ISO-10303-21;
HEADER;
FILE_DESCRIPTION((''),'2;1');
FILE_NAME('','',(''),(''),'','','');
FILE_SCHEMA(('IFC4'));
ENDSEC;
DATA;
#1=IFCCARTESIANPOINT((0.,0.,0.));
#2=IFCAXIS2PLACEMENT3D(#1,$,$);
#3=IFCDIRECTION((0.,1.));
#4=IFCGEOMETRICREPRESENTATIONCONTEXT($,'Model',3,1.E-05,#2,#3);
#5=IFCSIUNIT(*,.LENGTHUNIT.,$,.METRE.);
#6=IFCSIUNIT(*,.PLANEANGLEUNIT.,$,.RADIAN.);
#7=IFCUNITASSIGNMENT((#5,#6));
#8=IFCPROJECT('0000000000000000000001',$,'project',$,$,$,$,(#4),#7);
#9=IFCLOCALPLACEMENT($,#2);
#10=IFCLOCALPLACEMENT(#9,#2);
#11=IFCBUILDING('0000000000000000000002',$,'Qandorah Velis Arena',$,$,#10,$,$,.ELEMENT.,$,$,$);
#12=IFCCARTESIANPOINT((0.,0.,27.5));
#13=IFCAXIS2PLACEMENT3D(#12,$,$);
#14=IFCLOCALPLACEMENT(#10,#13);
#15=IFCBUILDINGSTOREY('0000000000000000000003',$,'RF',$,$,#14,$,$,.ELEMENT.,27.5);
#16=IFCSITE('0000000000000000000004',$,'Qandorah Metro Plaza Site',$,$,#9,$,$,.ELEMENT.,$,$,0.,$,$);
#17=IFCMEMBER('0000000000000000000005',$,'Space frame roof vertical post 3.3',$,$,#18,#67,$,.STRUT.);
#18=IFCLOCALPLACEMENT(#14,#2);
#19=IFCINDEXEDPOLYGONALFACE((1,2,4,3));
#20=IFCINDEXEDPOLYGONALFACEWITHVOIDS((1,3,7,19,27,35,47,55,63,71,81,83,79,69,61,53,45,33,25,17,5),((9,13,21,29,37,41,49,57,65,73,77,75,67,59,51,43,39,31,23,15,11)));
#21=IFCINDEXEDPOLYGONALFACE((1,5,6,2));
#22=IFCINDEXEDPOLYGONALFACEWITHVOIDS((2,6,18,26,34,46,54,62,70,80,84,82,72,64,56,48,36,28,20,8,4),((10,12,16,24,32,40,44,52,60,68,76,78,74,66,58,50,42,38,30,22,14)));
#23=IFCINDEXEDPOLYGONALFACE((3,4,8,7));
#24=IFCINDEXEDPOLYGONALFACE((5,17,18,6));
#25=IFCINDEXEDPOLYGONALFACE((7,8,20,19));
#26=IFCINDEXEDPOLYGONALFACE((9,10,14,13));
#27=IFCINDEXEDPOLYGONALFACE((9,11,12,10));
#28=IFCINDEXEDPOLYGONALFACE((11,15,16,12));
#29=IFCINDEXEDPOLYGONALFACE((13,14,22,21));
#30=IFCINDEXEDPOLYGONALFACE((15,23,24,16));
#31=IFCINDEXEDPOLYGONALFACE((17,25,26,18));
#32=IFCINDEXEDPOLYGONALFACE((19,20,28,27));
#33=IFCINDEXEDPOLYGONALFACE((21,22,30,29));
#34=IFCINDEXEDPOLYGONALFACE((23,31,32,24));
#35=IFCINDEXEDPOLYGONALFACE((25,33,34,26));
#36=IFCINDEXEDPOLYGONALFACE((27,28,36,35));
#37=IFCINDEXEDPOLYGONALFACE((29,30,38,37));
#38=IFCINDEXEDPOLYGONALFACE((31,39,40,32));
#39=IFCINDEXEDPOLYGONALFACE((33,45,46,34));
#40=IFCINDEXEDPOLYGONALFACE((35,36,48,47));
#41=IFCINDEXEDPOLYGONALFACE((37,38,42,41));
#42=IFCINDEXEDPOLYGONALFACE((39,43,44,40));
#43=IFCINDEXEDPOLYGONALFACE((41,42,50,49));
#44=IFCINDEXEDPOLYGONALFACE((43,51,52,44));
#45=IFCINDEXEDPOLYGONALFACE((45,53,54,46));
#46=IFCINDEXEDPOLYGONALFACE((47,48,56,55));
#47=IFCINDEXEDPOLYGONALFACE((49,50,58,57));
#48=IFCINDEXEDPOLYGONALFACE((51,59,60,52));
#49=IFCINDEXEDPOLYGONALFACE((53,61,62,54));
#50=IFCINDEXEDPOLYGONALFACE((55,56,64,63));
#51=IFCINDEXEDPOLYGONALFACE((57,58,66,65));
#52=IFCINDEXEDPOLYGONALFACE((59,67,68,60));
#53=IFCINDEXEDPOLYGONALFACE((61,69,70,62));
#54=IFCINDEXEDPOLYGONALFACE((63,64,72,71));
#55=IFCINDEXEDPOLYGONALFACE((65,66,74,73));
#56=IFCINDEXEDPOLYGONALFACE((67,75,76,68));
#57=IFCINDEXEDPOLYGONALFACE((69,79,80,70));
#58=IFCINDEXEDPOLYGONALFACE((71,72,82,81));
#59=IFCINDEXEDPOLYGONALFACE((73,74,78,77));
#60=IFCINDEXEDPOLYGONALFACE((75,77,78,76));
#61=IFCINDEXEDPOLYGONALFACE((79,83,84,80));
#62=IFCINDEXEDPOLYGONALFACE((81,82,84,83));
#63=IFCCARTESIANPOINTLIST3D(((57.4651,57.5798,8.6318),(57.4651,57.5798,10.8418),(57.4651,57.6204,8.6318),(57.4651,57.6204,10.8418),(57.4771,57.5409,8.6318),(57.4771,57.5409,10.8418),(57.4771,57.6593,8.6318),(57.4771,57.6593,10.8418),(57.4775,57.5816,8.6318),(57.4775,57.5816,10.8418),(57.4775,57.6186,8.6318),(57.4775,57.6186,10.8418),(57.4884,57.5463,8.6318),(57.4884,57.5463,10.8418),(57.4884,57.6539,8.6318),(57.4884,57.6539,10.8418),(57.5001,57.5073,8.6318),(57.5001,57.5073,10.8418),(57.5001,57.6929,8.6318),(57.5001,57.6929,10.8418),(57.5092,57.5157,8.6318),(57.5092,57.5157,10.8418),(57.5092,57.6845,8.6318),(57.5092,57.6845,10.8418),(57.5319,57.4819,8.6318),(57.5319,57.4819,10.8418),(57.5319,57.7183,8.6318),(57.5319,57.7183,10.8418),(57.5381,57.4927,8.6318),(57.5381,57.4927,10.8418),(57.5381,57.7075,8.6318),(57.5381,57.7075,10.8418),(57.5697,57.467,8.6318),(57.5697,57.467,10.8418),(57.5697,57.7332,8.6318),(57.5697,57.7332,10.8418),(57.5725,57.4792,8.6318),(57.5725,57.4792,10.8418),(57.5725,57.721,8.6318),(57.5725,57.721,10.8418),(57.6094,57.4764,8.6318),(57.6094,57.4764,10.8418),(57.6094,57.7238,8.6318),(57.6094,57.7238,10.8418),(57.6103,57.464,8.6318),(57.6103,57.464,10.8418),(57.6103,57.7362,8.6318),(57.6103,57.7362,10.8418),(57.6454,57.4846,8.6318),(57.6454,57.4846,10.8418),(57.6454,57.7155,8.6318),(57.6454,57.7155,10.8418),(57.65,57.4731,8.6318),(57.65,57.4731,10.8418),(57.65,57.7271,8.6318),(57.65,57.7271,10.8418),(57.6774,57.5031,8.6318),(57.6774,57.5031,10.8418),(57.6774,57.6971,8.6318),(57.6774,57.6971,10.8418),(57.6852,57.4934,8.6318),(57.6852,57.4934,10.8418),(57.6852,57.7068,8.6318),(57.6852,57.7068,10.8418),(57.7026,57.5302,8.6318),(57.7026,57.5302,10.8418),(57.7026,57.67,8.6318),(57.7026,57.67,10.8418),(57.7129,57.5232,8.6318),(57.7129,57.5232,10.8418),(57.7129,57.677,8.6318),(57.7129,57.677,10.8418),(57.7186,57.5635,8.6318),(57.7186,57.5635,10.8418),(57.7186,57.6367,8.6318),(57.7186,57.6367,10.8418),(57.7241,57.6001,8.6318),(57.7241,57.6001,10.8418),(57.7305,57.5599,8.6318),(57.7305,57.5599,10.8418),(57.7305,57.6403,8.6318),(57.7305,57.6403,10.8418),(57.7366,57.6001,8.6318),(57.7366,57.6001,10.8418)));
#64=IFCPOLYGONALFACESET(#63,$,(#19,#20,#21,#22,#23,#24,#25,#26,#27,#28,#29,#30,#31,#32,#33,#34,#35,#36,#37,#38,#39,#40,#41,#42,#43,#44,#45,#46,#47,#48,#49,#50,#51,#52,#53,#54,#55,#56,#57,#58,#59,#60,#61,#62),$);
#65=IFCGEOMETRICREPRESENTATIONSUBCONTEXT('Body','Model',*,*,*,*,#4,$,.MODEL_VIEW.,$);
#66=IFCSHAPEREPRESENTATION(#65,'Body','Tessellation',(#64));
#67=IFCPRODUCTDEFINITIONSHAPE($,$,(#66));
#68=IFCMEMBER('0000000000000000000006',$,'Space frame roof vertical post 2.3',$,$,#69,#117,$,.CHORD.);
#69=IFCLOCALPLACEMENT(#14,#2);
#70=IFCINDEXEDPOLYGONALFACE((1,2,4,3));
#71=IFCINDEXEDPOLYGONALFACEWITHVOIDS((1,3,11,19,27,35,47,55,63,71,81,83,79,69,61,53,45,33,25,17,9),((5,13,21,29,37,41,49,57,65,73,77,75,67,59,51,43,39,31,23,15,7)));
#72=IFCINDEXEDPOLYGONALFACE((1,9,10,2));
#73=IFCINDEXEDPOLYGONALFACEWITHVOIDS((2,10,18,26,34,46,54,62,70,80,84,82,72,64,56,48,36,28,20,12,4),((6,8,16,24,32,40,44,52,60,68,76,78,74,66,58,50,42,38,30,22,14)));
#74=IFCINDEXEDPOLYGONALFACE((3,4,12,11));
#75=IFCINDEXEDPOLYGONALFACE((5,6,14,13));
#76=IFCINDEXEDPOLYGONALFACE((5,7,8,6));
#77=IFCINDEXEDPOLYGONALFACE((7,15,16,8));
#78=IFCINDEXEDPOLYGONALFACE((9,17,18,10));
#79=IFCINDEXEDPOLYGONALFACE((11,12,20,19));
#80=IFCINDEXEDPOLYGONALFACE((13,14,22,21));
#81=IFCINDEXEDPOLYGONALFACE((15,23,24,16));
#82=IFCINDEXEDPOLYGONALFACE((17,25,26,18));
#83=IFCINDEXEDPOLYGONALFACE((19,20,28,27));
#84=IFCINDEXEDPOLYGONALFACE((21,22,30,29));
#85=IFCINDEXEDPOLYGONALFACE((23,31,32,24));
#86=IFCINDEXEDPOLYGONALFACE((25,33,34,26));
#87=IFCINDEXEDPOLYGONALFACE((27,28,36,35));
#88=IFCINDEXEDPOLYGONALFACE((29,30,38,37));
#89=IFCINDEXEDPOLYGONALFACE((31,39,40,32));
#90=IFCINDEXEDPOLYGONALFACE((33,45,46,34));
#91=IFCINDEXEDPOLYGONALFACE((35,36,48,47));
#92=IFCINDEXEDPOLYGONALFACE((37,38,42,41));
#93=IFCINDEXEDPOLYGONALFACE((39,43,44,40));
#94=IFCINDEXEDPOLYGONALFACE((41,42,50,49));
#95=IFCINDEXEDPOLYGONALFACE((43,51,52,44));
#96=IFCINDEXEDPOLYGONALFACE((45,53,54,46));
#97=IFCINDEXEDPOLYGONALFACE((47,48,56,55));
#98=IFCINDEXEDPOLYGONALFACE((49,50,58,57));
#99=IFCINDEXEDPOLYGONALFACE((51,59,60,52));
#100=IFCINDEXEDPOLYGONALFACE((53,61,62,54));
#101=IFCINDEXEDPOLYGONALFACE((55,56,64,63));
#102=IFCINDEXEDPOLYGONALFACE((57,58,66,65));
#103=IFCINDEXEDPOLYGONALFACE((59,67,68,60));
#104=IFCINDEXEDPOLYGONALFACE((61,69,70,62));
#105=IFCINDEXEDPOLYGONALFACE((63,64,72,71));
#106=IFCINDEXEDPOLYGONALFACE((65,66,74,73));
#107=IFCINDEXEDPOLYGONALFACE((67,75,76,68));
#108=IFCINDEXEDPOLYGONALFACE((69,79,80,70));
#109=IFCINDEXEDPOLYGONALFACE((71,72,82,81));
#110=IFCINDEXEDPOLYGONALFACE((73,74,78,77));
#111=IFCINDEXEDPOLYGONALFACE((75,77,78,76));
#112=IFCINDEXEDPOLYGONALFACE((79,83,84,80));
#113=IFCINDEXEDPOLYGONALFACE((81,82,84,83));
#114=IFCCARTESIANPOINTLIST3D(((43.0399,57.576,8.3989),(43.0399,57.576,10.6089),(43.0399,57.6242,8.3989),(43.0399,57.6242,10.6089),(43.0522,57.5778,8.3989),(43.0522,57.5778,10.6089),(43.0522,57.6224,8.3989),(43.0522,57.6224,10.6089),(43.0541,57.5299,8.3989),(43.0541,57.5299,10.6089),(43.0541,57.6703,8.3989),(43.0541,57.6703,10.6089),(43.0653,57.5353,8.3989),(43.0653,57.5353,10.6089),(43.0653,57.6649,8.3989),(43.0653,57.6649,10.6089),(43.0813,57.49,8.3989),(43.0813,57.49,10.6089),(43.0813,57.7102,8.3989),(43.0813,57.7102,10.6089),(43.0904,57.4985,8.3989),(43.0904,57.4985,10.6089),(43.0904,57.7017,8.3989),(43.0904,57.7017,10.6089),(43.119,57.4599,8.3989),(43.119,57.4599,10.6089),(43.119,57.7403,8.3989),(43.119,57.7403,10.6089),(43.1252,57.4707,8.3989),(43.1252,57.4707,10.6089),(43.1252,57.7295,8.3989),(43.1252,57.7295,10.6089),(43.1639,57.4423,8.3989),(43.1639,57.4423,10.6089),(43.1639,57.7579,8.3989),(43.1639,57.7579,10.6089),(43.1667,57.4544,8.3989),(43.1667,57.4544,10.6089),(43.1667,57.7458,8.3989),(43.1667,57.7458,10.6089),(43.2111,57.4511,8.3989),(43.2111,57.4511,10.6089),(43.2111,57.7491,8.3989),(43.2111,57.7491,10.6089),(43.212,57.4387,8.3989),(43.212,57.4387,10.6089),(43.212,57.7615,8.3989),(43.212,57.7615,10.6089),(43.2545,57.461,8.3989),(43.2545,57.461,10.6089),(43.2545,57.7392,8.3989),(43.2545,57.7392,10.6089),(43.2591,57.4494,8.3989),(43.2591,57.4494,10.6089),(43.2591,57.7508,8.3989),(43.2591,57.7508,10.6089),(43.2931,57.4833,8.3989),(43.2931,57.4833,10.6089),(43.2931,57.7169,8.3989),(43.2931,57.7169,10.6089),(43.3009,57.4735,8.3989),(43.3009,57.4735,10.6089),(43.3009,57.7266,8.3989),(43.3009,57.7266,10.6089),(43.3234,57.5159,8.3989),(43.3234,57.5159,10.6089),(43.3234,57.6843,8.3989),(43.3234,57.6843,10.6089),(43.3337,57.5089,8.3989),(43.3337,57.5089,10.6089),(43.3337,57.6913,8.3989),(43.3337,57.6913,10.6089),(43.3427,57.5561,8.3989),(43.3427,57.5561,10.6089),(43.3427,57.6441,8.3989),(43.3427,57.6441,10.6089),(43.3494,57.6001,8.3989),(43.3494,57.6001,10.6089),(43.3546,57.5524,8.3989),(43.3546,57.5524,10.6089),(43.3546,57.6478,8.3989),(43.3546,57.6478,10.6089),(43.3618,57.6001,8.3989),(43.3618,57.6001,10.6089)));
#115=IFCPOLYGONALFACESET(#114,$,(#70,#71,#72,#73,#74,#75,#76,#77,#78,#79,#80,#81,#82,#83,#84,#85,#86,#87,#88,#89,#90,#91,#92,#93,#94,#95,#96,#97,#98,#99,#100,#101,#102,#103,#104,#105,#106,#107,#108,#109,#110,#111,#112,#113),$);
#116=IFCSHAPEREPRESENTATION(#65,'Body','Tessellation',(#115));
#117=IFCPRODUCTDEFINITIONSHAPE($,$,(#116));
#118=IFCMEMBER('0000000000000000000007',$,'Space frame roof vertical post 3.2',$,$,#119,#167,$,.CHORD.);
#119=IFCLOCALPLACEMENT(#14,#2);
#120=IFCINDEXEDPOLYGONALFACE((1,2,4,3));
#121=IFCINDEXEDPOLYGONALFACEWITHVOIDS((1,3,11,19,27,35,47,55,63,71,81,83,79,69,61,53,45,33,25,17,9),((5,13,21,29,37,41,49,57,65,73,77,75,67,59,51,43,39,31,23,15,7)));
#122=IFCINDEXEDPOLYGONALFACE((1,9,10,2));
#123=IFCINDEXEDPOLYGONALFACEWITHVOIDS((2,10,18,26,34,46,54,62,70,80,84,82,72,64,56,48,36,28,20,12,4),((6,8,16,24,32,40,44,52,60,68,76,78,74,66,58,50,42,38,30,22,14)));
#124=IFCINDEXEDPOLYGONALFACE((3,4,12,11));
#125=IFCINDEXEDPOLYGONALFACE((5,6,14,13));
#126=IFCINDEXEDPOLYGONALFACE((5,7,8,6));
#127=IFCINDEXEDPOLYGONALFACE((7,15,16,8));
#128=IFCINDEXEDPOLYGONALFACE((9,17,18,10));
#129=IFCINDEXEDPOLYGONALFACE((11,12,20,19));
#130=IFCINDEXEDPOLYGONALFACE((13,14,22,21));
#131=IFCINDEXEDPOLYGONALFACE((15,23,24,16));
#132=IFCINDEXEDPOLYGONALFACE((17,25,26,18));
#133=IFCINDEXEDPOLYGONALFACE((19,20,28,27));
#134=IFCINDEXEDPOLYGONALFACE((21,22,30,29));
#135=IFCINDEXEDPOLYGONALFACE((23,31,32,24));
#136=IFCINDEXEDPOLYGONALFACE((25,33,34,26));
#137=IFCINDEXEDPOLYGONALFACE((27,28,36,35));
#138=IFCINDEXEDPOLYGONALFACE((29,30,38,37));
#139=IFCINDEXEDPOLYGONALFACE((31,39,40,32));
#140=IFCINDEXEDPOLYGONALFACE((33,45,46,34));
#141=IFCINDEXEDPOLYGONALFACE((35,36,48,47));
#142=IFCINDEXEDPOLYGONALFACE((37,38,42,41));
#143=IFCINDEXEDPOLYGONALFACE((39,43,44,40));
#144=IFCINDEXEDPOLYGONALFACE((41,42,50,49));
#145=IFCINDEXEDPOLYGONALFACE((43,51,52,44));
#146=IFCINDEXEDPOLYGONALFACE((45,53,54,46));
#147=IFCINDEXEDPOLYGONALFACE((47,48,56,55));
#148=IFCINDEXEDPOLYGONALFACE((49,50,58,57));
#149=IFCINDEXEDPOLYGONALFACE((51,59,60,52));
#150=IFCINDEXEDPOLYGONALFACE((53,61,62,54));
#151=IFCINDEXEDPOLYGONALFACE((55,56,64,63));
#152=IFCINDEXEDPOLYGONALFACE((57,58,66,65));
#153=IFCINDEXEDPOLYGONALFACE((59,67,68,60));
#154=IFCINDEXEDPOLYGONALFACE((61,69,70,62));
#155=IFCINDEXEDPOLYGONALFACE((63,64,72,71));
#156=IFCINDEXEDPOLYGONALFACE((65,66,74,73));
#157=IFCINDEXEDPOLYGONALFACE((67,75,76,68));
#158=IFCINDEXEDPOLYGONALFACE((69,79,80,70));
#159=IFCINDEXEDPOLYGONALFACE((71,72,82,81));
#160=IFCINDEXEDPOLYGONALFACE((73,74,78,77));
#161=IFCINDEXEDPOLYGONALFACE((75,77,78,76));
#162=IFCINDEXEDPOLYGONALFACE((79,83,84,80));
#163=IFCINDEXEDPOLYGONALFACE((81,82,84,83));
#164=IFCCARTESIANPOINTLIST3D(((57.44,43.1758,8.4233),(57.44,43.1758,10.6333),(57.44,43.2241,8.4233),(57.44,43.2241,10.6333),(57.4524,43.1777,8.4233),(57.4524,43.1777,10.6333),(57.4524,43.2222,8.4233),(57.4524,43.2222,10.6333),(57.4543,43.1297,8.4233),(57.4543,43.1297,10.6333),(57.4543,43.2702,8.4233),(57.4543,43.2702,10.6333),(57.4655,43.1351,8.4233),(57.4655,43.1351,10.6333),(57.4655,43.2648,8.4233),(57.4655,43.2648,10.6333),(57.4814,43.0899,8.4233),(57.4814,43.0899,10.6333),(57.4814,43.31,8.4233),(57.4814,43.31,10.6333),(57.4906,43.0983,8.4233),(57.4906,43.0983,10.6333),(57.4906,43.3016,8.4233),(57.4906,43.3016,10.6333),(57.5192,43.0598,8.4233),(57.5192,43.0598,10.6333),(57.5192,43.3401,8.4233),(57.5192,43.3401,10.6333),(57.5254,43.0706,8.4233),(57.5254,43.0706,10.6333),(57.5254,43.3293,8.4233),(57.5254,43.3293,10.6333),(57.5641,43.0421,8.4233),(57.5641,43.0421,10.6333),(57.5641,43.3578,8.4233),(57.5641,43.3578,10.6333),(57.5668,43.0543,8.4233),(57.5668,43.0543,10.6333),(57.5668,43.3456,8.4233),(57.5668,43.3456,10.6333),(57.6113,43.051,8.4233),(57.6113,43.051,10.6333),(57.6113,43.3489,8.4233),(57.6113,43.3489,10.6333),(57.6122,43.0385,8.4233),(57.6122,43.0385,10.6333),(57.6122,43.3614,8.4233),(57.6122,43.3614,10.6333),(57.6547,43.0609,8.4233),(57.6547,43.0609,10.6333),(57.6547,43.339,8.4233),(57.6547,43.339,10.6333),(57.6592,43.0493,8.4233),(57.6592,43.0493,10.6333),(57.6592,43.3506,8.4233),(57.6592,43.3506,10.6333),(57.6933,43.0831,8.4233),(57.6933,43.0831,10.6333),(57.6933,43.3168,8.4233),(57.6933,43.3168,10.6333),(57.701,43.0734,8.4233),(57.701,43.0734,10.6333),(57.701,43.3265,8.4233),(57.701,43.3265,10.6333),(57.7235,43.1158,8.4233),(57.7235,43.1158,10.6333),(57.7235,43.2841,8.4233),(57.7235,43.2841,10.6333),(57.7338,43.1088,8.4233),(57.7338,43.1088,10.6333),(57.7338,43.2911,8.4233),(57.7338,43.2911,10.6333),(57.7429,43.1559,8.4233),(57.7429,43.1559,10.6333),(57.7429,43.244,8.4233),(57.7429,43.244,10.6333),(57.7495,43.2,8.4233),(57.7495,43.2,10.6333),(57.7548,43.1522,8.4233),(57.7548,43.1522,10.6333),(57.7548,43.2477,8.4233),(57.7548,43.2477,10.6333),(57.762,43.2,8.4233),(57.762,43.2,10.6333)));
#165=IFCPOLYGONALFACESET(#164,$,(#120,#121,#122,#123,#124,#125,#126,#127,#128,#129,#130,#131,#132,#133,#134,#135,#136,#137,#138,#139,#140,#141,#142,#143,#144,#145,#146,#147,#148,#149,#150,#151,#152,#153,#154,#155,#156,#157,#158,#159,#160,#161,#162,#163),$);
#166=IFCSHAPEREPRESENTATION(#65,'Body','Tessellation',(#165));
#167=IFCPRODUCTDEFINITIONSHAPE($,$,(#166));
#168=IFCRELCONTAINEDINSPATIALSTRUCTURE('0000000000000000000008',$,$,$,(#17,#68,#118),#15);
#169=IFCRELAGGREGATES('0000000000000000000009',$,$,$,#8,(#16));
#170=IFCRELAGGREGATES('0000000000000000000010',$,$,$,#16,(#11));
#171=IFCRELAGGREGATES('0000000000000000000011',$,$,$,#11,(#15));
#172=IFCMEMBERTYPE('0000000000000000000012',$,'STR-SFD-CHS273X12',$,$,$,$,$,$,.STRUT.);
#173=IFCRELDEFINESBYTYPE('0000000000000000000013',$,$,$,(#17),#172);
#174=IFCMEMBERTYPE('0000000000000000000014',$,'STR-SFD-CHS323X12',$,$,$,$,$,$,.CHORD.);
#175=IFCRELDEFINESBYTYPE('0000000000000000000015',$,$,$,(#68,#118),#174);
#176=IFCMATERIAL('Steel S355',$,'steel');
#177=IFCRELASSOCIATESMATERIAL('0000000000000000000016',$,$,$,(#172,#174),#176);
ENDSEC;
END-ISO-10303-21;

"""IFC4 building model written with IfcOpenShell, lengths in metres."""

from ifc_helpers import new_model, si_unit, direction, frame, origin, origin_2d, place, context, subcontext, project, spatial, hollow_circle, extrude, material, material_profile, profile_set, type_object, element, save


model = new_model("IFC4")

# Units and contexts
model_context = context("Model", 3, precision=1e-05, world=origin(), true_north=direction((0.0, 1.0)))
body_context = subcontext(model_context, "Body", "Model", "MODEL_VIEW")
ifc_project = project(units=[si_unit("LENGTHUNIT", "METRE"), si_unit("PLANEANGLEUNIT", "RADIAN")], contexts=[model_context])

# Site, building, storey
site_placement = place(None, origin())
site = spatial("IfcSite", under=ifc_project, at=site_placement, Name="Qandorah Metro Plaza Site", CompositionType="ELEMENT", RefElevation=0.0)
building_placement = place(site_placement, origin())
building = spatial("IfcBuilding", under=site, at=building_placement, Name="Qandorah Velis Arena", CompositionType="ELEMENT")
storey_placement = place(building_placement, frame((0.0, 0.0, 27.5)))
storey = spatial("IfcBuildingStorey", under=building, at=storey_placement, Name="RF", CompositionType="ELEMENT", Elevation=27.5)

# Shared definitions
ifc_material_1 = material(Name="Steel S355", Category="steel")

# Members
ifc_material_profile_1 = material_profile(ifc_material_1, hollow_circle(Radius=0.1365, WallThickness=0.0125, at=origin_2d()), Name="CHS 273x12.5")
ifc_profile_set_1 = profile_set([ifc_material_profile_1], Name="Steel S355")
member_type_1 = type_object("IfcMemberType", Name="STR-SFD-CHS273X12", PredefinedType="STRUT", material=ifc_profile_set_1)
member_1_placement = place(storey_placement, frame((57.6001, 57.6001, 8.6318), z_axis=(0.0, 0.0, 1.0), x_axis=(1.0, 0.0, 0.0)))
element("IfcMember", 1, at=member_1_placement, inside=storey, type_object=member_type_1, Name="Space frame roof vertical post 3.3", PredefinedType="STRUT", context=body_context, shape_type="SweptSolid", body=[
    extrude(hollow_circle(Radius=0.1365, WallThickness=0.0125, at=origin_2d()), origin(), (0.0, 0.0, 1.0), 2.21),
])
ifc_material_profile_2 = material_profile(ifc_material_1, hollow_circle(Radius=0.1619, WallThickness=0.0125, at=origin_2d()), Name="CHS 323.9x12.5")
ifc_profile_set_2 = profile_set([ifc_material_profile_2], Name="Steel S355")
member_type_2 = type_object("IfcMemberType", Name="STR-SFD-CHS323X12", PredefinedType="CHORD", material=ifc_profile_set_2)
for number, where, z_axis, x_axis, name in (
    (2, (43.2, 57.6001, 8.3989), (0.0, 0.0, 1.0), (1.0, 0.0, 0.0), "Space frame roof vertical post 2.3"),
    (3, (57.6001, 43.2, 8.4233), (0.0, 0.0, 1.0), (1.0, 0.0, 0.0), "Space frame roof vertical post 3.2"),
):
    element("IfcMember", number, at=place(storey_placement, frame(where, z_axis=z_axis, x_axis=x_axis)), inside=storey, type_object=member_type_2, Name=name, PredefinedType="CHORD", context=body_context, shape_type="SweptSolid", body=[
        extrude(hollow_circle(Radius=0.1619, WallThickness=0.0125, at=origin_2d()), origin(), (0.0, 0.0, 1.0), 2.21),
    ])

save(model, "model.ifc")
